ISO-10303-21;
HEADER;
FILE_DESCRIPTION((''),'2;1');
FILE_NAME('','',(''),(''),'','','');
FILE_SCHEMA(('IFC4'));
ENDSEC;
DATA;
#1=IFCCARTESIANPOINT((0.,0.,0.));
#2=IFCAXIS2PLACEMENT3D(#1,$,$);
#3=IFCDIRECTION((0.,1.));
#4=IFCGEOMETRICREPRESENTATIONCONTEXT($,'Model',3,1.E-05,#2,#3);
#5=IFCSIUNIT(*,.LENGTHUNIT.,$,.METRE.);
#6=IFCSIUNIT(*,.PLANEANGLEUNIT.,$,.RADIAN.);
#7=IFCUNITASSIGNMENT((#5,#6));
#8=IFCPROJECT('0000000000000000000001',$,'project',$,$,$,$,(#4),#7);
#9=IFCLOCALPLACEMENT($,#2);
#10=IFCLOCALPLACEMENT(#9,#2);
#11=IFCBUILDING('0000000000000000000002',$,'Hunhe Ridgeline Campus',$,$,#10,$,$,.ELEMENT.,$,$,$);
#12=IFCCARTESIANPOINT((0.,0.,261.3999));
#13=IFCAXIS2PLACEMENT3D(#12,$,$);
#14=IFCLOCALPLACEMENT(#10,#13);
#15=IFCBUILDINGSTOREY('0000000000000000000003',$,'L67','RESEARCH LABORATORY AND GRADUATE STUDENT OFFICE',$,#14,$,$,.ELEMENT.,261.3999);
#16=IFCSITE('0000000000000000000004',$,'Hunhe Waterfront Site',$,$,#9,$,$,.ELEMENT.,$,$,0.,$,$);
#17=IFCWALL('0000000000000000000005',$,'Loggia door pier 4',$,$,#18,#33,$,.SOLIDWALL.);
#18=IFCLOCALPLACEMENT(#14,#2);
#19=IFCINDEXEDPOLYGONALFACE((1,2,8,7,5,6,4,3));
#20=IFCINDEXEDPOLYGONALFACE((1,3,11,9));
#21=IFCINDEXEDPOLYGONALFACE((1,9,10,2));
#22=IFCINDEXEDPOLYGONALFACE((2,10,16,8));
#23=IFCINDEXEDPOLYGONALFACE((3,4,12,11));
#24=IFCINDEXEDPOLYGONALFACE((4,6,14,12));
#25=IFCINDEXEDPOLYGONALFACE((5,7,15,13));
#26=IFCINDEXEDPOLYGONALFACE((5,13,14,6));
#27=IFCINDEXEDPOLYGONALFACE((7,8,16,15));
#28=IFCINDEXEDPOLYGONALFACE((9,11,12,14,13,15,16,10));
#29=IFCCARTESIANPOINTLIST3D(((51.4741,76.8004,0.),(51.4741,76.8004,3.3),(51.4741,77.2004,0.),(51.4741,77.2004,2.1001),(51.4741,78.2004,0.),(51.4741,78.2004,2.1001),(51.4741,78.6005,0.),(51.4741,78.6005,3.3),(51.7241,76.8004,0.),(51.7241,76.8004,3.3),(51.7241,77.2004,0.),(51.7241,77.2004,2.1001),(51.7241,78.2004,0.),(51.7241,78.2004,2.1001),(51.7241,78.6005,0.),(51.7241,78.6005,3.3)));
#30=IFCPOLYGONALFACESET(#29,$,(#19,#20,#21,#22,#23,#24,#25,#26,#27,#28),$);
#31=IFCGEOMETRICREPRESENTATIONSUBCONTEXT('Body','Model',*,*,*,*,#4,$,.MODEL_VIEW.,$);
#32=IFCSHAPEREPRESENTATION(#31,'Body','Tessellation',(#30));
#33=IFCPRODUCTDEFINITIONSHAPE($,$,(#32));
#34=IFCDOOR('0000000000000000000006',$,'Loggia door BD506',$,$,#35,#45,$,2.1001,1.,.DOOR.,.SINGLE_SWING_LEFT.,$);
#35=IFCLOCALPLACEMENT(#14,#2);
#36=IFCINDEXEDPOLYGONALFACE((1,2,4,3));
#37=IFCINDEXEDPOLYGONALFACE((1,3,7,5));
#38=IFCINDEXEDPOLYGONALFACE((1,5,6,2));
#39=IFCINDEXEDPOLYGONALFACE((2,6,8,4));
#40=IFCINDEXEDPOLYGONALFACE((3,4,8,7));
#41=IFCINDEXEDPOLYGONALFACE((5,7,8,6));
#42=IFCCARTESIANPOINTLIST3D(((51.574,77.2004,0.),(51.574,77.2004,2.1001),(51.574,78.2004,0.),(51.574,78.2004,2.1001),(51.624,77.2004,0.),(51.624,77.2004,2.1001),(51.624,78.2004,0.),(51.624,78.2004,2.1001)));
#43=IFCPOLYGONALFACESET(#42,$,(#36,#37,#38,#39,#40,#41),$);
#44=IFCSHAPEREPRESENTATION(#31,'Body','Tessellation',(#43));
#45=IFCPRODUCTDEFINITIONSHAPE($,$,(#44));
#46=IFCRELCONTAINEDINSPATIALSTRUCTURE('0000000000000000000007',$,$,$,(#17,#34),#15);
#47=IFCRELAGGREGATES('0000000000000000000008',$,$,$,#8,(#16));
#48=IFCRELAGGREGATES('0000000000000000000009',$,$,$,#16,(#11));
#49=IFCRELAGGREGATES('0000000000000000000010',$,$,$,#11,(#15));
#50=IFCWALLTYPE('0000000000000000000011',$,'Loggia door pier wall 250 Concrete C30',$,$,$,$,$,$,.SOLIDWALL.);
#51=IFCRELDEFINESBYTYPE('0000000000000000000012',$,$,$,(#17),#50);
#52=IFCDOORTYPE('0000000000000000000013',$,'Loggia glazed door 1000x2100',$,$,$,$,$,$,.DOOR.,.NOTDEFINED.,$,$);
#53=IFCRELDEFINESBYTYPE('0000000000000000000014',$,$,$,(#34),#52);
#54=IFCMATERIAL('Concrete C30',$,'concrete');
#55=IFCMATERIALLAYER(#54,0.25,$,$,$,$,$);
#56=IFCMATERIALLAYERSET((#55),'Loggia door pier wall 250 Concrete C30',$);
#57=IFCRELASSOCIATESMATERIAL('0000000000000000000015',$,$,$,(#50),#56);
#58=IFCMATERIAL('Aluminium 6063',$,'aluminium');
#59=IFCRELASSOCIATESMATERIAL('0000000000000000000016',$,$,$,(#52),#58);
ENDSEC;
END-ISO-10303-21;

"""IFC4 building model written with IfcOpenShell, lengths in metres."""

from ifc_helpers import new_model, si_unit, direction, frame, frame_2d, origin, place, context, subcontext, project, spatial, rectangle, extrude, material, layer, layer_set, type_object, element, fill, save


model = new_model("IFC4")

# Units and contexts
model_context = context("Model", 3, precision=1e-05, world=origin(), true_north=direction((0.0, 1.0)))
body_context = subcontext(model_context, "Body", "Model", "MODEL_VIEW")
ifc_project = project(units=[si_unit("LENGTHUNIT", "METRE"), si_unit("PLANEANGLEUNIT", "RADIAN")], contexts=[model_context])

# Site, building, storey
site_placement = place(None, origin())
site = spatial("IfcSite", under=ifc_project, at=site_placement, Name="Hunhe Waterfront Site", CompositionType="ELEMENT", RefElevation=0.0)
building_placement = place(site_placement, origin())
building = spatial("IfcBuilding", under=site, at=building_placement, Name="Hunhe Ridgeline Campus", CompositionType="ELEMENT")
storey_placement = place(building_placement, frame((0.0, 0.0, 261.3999)))
storey = spatial("IfcBuildingStorey", under=building, at=storey_placement, Name="L67", Description="RESEARCH LABORATORY AND GRADUATE STUDENT OFFICE", CompositionType="ELEMENT", Elevation=261.3999)

# Shared definitions
ifc_material_1 = material(Name="Aluminium 6063", Category="aluminium")

# Wall, opening, door
ifc_material_2 = material(Name="Concrete C30", Category="concrete")
ifc_layer_1 = layer(ifc_material_2, 0.25)
ifc_layer_set_1 = layer_set([ifc_layer_1], Name="Loggia door pier wall 250 Concrete C30")
wall_type_1 = type_object("IfcWallType", Name="Loggia door pier wall 250 Concrete C30", PredefinedType="SOLIDWALL", material=ifc_layer_set_1)
wall_1_placement = place(storey_placement, frame((51.5991, 76.8005, 0.0), z_axis=(0.0, 0.0, 1.0), x_axis=(0.0, 1.0, 0.0)))
wall_1 = element("IfcWall", 1, at=wall_1_placement, inside=storey, type_object=wall_type_1, Name="Loggia door pier 4", PredefinedType="SOLIDWALL", context=body_context, shape_type="SweptSolid", body=[
    extrude(rectangle(XDim=1.8, YDim=0.25, at=frame_2d((0.8999, 0.0))), origin(), (0.0, 0.0, 1.0), 3.3),
])
opening_1_placement = place(wall_1_placement, frame((0.3999, 0.0, 0.0)))
opening_1 = element("IfcOpeningElement", 2, at=opening_1_placement, cuts=wall_1, PredefinedType="OPENING", context=body_context, shape_type="SweptSolid", body=[
    extrude(rectangle(XDim=1.0, YDim=2.1001, at=frame_2d((0.5, 1.05))), frame((0.0, 0.125, 0.0), z_axis=(0.0, -1.0, 0.0), x_axis=(1.0, 0.0, 0.0)), (0.0, 0.0, 1.0), 0.25),
])
door_type_1 = type_object("IfcDoorType", Name="Loggia glazed door 1000x2100", OperationType="NOTDEFINED", PredefinedType="DOOR", material=ifc_material_1)
door_1_placement = place(opening_1_placement, frame((1.0, 0.0, 0.0), z_axis=(0.0, 0.0, 1.0), x_axis=(-1.0, 0.0, 0.0)))
door_1 = element("IfcDoor", 3, at=door_1_placement, inside=storey, type_object=door_type_1, Name="Loggia door BD506", OperationType="SINGLE_SWING_LEFT", OverallHeight=2.1001, OverallWidth=1.0, PredefinedType="DOOR", context=body_context, shape_type="SweptSolid", body=[
    extrude(rectangle(XDim=1.0, YDim=2.1001, at=frame_2d((0.5, 1.05))), frame((0.0, 0.0249, 0.0), z_axis=(0.0, -1.0, 0.0), x_axis=(1.0, 0.0, 0.0)), (0.0, 0.0, 1.0), 0.05),
])
fill(opening_1, door_1)

save(model, "model.ifc")
